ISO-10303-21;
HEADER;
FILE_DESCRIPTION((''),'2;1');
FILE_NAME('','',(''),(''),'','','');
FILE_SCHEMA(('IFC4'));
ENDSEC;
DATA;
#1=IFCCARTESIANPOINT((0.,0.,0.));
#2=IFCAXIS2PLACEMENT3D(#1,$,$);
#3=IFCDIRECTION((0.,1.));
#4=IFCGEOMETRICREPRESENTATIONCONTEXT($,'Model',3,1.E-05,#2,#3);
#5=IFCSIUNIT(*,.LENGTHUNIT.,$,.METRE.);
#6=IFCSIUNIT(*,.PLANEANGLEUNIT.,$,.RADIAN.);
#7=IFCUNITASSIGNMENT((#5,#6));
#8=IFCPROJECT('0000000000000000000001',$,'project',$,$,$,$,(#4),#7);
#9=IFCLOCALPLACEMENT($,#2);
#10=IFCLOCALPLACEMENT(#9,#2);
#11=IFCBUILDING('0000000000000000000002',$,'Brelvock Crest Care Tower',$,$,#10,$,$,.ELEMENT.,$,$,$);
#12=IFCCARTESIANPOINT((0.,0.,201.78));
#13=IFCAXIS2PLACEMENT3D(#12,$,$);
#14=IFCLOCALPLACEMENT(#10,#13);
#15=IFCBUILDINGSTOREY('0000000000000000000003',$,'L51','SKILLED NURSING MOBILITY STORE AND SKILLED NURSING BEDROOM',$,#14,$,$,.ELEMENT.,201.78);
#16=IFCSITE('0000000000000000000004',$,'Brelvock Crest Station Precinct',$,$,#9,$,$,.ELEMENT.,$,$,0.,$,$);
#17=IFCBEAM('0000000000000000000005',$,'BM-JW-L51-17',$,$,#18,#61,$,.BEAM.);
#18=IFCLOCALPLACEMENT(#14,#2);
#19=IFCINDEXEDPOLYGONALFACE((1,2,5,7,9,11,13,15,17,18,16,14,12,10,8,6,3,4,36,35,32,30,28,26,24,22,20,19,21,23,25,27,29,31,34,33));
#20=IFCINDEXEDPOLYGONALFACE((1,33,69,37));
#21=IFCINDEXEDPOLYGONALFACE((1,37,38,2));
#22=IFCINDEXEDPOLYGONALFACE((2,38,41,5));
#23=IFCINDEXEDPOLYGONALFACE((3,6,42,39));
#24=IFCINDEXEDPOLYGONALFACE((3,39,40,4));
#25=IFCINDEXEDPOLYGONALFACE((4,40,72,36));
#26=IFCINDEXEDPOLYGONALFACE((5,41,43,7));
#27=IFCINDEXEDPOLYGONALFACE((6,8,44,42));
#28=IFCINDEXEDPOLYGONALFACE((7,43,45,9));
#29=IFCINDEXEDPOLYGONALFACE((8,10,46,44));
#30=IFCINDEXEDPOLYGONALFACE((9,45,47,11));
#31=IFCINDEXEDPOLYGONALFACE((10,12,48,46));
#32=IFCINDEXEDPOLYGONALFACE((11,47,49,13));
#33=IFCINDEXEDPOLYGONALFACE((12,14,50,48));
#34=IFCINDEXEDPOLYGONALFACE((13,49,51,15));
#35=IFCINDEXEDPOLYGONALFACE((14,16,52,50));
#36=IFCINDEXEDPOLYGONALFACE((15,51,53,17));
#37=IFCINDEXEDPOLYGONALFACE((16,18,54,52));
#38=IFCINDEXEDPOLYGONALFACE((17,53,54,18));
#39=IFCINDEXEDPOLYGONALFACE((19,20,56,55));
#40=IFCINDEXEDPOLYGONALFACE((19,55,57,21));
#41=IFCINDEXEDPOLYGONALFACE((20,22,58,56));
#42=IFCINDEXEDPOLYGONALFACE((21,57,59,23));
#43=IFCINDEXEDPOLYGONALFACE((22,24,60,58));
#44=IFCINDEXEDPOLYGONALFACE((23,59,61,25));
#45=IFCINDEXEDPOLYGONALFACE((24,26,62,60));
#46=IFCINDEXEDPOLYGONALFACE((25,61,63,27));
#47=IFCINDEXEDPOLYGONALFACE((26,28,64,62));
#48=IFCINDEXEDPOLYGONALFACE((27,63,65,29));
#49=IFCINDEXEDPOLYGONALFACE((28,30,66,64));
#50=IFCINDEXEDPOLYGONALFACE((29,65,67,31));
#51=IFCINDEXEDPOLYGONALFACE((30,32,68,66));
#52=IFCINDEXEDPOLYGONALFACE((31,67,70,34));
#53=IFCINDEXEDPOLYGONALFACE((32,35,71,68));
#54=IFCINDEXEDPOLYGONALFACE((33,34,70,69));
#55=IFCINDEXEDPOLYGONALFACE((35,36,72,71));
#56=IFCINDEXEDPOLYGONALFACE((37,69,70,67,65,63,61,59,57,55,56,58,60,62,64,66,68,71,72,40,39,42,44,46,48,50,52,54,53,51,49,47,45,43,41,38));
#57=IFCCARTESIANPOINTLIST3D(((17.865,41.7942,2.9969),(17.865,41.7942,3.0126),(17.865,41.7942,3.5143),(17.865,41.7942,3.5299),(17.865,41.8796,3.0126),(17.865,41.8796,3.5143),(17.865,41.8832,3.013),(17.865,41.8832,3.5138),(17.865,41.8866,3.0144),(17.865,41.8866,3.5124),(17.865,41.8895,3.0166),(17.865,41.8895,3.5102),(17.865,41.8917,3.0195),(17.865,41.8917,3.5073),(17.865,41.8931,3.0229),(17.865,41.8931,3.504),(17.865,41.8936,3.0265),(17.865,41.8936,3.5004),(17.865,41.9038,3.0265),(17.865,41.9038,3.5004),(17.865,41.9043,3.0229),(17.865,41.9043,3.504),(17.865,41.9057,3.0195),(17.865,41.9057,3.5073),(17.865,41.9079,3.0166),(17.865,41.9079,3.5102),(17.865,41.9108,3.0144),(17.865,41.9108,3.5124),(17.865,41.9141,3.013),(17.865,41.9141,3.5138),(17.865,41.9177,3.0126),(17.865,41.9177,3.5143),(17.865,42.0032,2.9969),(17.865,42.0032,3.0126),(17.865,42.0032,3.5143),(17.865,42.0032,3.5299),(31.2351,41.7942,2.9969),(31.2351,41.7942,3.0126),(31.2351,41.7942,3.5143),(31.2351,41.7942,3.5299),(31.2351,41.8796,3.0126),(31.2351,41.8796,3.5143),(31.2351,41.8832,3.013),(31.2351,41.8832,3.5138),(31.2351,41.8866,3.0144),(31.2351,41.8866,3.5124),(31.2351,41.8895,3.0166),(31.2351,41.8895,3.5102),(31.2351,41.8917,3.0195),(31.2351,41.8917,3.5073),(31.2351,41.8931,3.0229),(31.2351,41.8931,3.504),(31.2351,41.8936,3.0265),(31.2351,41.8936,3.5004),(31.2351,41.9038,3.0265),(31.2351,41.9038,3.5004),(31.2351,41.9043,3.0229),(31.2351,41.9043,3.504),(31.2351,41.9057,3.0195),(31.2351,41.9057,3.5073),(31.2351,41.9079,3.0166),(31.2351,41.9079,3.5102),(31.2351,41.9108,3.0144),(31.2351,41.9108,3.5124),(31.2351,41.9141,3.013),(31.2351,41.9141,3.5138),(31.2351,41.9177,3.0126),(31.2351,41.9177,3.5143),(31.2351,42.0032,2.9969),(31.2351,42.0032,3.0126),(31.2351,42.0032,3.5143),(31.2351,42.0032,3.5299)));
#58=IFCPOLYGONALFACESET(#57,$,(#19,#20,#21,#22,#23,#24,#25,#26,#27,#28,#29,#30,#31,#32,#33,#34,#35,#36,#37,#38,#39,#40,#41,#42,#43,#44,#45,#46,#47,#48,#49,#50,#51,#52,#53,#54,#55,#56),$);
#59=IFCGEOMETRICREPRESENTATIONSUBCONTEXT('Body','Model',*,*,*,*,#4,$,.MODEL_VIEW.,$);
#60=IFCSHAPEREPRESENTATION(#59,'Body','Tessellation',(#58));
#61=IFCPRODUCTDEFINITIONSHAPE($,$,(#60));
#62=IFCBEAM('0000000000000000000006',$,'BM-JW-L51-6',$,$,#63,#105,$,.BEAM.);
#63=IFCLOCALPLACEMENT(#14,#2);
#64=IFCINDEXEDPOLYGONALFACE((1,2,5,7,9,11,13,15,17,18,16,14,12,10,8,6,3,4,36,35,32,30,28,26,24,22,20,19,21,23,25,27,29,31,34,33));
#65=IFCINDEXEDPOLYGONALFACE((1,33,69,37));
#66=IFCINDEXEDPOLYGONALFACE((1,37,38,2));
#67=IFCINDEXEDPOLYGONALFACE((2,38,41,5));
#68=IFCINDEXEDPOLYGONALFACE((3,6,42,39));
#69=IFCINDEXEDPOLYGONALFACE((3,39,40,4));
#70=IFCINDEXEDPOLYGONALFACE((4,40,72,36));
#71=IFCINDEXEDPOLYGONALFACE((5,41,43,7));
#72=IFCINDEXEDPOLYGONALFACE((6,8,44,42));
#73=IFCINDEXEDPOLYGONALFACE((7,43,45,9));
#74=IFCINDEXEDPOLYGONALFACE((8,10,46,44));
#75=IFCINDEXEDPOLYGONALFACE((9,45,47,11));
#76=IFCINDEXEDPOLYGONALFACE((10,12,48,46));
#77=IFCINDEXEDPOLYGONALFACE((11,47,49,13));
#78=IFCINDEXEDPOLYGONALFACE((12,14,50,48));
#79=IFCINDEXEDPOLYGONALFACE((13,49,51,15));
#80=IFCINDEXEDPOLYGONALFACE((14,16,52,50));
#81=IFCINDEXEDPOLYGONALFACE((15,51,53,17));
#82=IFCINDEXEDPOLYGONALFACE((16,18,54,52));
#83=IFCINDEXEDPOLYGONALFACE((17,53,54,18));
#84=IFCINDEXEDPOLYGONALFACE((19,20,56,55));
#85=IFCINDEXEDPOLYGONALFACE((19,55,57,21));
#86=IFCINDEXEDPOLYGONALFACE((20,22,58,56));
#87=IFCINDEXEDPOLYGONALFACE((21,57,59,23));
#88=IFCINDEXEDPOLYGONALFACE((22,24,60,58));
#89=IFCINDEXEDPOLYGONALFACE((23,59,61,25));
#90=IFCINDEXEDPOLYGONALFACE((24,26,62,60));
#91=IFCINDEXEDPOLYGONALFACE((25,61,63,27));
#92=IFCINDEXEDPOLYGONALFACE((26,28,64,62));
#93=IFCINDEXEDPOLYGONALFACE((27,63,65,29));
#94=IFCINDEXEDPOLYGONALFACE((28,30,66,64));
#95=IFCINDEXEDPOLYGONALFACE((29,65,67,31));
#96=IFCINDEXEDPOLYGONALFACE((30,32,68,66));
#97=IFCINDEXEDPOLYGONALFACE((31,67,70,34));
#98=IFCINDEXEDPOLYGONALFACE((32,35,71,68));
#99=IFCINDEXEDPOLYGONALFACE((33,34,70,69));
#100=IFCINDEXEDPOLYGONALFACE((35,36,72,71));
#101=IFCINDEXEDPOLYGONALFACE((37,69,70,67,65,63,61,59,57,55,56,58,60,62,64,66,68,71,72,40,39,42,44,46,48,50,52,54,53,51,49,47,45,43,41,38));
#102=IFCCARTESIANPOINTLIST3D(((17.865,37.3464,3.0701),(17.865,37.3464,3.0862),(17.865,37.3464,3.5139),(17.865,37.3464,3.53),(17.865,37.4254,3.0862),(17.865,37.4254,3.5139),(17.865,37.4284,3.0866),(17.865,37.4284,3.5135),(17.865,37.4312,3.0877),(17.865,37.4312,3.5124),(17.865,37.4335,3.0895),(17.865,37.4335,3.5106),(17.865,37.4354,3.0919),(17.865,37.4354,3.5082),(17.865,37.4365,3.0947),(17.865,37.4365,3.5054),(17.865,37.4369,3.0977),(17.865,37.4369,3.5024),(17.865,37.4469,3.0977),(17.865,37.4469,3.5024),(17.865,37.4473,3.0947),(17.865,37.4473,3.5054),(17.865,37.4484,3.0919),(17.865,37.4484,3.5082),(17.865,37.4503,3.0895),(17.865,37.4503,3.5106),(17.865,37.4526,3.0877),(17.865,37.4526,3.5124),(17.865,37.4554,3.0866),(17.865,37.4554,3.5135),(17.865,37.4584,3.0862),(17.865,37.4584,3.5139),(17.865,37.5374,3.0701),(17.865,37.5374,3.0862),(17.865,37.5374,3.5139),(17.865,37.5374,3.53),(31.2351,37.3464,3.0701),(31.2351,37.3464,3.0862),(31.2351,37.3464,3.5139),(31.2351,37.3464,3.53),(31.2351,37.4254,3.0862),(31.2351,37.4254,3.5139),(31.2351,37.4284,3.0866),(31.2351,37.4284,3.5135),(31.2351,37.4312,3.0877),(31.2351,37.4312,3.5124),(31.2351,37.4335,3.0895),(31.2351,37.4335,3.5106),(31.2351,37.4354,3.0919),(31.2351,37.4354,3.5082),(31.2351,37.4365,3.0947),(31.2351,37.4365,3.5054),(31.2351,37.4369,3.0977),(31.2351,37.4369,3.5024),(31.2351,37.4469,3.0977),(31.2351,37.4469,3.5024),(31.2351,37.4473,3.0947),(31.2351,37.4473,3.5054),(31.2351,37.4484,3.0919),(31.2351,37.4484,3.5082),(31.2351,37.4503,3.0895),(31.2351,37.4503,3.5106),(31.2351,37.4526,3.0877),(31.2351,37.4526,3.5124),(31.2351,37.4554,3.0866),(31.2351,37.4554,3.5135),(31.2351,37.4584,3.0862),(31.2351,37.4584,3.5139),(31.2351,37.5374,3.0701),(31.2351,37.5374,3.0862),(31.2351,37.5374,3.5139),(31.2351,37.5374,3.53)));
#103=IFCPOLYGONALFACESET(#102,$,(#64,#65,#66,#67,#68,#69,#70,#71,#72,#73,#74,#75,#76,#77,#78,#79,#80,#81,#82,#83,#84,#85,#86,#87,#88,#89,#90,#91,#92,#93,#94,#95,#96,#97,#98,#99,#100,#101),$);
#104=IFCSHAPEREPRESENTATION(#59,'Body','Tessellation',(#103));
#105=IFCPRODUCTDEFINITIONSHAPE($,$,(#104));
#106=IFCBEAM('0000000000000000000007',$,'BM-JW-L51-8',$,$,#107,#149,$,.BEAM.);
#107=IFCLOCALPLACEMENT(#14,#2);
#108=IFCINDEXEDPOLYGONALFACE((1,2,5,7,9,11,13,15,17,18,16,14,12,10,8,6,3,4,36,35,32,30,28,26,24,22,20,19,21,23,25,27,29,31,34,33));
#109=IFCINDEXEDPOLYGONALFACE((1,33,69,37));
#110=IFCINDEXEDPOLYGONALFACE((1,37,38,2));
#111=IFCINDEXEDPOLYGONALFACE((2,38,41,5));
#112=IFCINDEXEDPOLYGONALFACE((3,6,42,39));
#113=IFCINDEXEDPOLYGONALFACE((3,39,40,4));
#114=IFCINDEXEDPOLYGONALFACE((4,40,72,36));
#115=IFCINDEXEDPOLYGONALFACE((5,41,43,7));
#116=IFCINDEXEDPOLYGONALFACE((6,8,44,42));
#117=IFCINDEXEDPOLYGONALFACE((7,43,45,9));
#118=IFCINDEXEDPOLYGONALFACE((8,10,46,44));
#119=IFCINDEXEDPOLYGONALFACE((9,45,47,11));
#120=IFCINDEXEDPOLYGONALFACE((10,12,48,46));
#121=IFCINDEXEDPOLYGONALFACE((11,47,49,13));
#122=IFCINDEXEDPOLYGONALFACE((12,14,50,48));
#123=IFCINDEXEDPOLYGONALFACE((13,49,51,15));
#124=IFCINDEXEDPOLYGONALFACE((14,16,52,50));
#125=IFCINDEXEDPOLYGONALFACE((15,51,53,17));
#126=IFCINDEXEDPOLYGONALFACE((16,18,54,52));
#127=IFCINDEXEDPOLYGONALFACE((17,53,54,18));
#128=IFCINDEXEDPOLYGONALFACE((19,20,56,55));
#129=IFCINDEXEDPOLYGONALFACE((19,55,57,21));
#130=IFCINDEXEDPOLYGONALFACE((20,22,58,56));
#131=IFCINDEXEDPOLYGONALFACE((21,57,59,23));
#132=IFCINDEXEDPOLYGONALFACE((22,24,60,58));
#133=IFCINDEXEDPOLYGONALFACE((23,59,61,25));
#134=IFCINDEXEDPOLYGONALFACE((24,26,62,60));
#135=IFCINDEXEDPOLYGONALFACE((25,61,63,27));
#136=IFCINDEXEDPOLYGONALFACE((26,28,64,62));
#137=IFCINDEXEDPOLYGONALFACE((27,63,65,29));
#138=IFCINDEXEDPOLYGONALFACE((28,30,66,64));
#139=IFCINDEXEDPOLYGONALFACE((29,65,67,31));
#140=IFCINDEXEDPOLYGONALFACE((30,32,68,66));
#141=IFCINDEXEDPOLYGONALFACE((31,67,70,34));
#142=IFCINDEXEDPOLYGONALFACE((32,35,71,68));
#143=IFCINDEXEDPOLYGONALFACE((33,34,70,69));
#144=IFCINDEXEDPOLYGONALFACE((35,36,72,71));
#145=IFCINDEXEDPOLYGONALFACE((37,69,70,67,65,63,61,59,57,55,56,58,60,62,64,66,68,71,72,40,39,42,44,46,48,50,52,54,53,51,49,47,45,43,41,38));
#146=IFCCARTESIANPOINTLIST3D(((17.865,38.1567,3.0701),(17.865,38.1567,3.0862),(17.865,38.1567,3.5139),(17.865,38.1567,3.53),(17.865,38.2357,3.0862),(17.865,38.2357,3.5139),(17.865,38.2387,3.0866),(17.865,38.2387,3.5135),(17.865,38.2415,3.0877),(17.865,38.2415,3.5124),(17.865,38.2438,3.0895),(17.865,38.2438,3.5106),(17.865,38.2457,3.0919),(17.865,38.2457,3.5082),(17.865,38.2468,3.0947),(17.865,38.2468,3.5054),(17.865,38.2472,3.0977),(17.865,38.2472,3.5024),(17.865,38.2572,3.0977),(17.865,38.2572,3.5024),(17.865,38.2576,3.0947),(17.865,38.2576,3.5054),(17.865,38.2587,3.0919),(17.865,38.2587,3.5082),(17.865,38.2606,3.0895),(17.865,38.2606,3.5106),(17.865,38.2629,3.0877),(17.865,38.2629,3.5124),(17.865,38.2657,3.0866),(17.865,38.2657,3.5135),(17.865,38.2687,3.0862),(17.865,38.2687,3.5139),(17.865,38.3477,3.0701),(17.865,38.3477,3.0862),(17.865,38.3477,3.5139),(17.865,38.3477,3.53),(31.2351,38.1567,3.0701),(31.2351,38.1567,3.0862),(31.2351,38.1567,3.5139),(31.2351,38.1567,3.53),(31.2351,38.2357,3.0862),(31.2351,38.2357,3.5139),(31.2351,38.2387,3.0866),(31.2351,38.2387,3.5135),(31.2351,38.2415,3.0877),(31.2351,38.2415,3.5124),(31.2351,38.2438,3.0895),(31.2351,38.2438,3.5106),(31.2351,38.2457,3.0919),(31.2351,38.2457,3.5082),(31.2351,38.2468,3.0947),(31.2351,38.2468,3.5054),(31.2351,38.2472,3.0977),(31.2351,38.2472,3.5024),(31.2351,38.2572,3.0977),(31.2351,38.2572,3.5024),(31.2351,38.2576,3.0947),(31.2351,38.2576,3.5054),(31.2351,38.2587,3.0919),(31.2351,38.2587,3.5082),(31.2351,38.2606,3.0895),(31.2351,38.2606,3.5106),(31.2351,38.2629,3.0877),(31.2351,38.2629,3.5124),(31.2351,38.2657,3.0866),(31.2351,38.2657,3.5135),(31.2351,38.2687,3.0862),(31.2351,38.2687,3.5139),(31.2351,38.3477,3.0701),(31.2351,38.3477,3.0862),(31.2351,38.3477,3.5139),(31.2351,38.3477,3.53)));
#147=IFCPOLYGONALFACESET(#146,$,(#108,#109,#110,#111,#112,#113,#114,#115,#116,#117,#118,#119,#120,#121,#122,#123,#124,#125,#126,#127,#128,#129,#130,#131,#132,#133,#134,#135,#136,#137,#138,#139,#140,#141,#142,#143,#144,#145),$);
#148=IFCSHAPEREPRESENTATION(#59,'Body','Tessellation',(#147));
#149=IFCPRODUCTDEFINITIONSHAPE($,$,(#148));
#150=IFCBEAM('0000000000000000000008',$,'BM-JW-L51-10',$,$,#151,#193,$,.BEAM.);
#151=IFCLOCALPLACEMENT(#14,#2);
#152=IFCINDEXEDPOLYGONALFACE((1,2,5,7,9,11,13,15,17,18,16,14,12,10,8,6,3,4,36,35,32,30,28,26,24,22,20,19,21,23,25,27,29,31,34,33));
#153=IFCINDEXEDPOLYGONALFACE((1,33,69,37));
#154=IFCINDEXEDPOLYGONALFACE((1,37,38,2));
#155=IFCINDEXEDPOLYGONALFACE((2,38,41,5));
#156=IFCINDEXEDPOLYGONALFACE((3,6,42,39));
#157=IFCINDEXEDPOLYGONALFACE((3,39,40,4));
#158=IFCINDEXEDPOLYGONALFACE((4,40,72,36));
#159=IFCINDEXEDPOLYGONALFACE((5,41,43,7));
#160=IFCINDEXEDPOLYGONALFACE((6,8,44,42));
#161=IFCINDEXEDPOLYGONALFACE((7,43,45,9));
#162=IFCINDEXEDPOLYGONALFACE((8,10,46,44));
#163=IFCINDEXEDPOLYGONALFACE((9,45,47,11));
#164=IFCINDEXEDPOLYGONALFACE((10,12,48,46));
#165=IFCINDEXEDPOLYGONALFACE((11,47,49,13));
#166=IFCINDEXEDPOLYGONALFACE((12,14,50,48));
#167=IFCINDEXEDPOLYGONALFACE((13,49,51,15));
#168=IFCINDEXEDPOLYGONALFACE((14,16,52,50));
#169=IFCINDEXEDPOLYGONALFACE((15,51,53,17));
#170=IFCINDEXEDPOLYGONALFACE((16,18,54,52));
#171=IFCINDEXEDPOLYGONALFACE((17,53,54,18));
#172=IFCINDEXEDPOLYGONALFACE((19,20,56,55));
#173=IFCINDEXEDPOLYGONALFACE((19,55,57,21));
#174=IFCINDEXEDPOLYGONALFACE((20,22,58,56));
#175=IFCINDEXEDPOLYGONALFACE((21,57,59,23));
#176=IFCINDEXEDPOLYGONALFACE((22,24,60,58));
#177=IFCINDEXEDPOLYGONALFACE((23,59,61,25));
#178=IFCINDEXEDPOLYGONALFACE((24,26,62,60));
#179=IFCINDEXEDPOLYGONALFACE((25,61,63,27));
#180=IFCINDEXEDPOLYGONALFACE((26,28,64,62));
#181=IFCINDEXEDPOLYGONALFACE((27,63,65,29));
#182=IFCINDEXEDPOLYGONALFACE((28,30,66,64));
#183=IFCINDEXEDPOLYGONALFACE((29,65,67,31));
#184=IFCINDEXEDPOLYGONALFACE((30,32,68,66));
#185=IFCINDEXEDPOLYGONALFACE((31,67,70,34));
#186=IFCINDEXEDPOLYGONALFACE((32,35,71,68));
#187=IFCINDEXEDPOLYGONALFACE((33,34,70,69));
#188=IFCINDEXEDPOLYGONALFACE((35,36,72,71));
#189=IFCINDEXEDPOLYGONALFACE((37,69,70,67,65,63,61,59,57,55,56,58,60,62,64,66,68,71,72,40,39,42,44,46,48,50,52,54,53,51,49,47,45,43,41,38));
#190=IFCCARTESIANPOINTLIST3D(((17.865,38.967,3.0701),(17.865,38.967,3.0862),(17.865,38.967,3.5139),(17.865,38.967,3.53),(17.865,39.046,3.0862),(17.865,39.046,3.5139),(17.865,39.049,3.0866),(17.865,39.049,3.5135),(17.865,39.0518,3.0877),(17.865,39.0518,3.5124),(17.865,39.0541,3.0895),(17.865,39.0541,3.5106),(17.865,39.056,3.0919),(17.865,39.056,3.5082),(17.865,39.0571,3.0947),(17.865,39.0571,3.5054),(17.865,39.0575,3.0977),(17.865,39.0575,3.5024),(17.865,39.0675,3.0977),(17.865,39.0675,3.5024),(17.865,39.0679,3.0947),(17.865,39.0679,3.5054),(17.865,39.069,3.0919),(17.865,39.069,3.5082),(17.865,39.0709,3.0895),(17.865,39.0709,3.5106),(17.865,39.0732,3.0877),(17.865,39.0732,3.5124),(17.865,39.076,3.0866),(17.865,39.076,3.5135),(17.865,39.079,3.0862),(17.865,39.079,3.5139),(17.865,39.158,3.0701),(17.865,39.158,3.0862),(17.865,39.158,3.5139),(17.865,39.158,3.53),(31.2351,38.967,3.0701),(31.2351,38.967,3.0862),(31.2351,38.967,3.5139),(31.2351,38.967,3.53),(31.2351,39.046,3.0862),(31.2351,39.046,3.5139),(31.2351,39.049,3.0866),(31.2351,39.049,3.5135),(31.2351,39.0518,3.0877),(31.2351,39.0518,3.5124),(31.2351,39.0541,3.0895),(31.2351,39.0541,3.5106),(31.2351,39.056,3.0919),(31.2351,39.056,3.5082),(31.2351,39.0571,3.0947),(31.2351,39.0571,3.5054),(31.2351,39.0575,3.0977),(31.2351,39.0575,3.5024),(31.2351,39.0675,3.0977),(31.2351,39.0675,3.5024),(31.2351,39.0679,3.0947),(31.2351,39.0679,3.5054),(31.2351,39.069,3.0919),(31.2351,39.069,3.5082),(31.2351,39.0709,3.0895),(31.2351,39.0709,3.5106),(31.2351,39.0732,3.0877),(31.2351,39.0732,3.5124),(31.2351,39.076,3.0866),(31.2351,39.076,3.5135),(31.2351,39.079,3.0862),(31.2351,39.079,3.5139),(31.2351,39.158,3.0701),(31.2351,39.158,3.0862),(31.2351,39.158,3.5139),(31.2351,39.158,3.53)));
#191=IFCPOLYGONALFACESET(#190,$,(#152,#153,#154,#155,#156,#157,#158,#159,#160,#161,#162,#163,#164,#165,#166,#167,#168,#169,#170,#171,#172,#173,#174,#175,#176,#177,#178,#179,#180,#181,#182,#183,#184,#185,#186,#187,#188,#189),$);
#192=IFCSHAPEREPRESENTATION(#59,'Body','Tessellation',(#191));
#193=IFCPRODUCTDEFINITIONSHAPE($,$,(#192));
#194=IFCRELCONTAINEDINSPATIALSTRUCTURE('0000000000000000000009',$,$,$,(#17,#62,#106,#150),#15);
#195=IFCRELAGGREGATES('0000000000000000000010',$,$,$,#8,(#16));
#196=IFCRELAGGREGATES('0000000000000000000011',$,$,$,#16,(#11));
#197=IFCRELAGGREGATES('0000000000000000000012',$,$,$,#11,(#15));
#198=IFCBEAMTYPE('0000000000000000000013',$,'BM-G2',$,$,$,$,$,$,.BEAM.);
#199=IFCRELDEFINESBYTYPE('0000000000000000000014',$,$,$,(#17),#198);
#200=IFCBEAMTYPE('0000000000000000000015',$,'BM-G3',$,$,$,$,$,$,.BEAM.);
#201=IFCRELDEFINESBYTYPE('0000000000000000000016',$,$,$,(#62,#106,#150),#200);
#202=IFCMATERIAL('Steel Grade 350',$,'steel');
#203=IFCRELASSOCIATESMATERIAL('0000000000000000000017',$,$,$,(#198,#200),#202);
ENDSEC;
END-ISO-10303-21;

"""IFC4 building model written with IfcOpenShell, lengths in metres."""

from ifc_helpers import new_model, si_unit, direction, frame, origin, origin_2d, place, context, subcontext, project, spatial, i_section, extrude, source, transform, mapped, material, material_profile, profile_set, type_object, element, save


model = new_model("IFC4")

# Units and contexts
model_context = context("Model", 3, precision=1e-05, world=origin(), true_north=direction((0.0, 1.0)))
body_context = subcontext(model_context, "Body", "Model", "MODEL_VIEW")
ifc_project = project(units=[si_unit("LENGTHUNIT", "METRE"), si_unit("PLANEANGLEUNIT", "RADIAN")], contexts=[model_context])

# Site, building, storey
site_placement = place(None, origin())
site = spatial("IfcSite", under=ifc_project, at=site_placement, Name="Brelvock Crest Station Precinct", CompositionType="ELEMENT", RefElevation=0.0)
building_placement = place(site_placement, origin())
building = spatial("IfcBuilding", under=site, at=building_placement, Name="Brelvock Crest Care Tower", CompositionType="ELEMENT")
storey_placement = place(building_placement, frame((0.0, 0.0, 201.78)))
storey = spatial("IfcBuildingStorey", under=building, at=storey_placement, Name="L51", Description="SKILLED NURSING MOBILITY STORE AND SKILLED NURSING BEDROOM", CompositionType="ELEMENT", Elevation=201.78)

# Shared definitions
ifc_material_1 = material(Name="Steel Grade 350", Category="steel")

# Beams
ifc_material_profile_1 = material_profile(ifc_material_1, i_section(OverallWidth=0.209, OverallDepth=0.533, WebThickness=0.0103, FlangeThickness=0.0156, FilletRadius=0.0139, at=origin_2d()), Name="530UB92.4")
ifc_profile_set_1 = profile_set([ifc_material_profile_1], Name="Steel Grade 350")
beam_type_1 = type_object("IfcBeamType", Name="BM-G2", PredefinedType="BEAM", material=ifc_profile_set_1)
shared_shape_1 = source(origin(), body_context, "Body", "SweptSolid", [
    extrude(i_section(OverallWidth=0.209, OverallDepth=0.533, WebThickness=0.0103, FlangeThickness=0.0156, FilletRadius=0.0139, at=origin_2d()), origin(), (0.0, 0.0, 1.0), 13.3701),
])
for number, where, z_axis, x_axis, name in (
    (1, (17.865, 41.8987, 3.2634), (1.0, 0.0, 0.0), (0.0, 1.0, 0.0), "BM-JW-L51-17"),
):
    element("IfcBeam", number, at=place(storey_placement, frame(where, z_axis=z_axis, x_axis=x_axis)), inside=storey, type_object=beam_type_1, Name=name, PredefinedType="BEAM", context=body_context, shape_type="MappedRepresentation", body=[
        mapped(shared_shape_1, transform((0.0, 0.0, 0.0), x_axis=(1.0, 0.0, 0.0), y_axis=(0.0, 1.0, 0.0), z_axis=(0.0, 0.0, 1.0), scale=1.0)),
    ])
ifc_material_profile_2 = material_profile(ifc_material_1, i_section(OverallWidth=0.1909, OverallDepth=0.46, WebThickness=0.01, FlangeThickness=0.0161, FilletRadius=0.0115, at=origin_2d()), Name="460UB82.1")
ifc_profile_set_2 = profile_set([ifc_material_profile_2], Name="Steel Grade 350")
beam_type_2 = type_object("IfcBeamType", Name="BM-G3", PredefinedType="BEAM", material=ifc_profile_set_2)
shared_shape_2 = source(origin(), body_context, "Body", "SweptSolid", [
    extrude(i_section(OverallWidth=0.1909, OverallDepth=0.46, WebThickness=0.01, FlangeThickness=0.0161, FilletRadius=0.0115, at=origin_2d()), origin(), (0.0, 0.0, 1.0), 13.3701),
])
for number, where, z_axis, x_axis, name in (
    (2, (17.865, 37.4419, 3.3), (1.0, 0.0, 0.0), (0.0, 1.0, 0.0), "BM-JW-L51-6"),
    (3, (17.865, 38.2522, 3.3), (1.0, 0.0, 0.0), (0.0, 1.0, 0.0), "BM-JW-L51-8"),
    (4, (17.865, 39.0625, 3.3), (1.0, 0.0, 0.0), (0.0, 1.0, 0.0), "BM-JW-L51-10"),
):
    element("IfcBeam", number, at=place(storey_placement, frame(where, z_axis=z_axis, x_axis=x_axis)), inside=storey, type_object=beam_type_2, Name=name, PredefinedType="BEAM", context=body_context, shape_type="MappedRepresentation", body=[
        mapped(shared_shape_2, transform((0.0, 0.0, 0.0), x_axis=(1.0, 0.0, 0.0), y_axis=(0.0, 1.0, 0.0), z_axis=(0.0, 0.0, 1.0), scale=1.0)),
    ])

save(model, "model.ifc")
